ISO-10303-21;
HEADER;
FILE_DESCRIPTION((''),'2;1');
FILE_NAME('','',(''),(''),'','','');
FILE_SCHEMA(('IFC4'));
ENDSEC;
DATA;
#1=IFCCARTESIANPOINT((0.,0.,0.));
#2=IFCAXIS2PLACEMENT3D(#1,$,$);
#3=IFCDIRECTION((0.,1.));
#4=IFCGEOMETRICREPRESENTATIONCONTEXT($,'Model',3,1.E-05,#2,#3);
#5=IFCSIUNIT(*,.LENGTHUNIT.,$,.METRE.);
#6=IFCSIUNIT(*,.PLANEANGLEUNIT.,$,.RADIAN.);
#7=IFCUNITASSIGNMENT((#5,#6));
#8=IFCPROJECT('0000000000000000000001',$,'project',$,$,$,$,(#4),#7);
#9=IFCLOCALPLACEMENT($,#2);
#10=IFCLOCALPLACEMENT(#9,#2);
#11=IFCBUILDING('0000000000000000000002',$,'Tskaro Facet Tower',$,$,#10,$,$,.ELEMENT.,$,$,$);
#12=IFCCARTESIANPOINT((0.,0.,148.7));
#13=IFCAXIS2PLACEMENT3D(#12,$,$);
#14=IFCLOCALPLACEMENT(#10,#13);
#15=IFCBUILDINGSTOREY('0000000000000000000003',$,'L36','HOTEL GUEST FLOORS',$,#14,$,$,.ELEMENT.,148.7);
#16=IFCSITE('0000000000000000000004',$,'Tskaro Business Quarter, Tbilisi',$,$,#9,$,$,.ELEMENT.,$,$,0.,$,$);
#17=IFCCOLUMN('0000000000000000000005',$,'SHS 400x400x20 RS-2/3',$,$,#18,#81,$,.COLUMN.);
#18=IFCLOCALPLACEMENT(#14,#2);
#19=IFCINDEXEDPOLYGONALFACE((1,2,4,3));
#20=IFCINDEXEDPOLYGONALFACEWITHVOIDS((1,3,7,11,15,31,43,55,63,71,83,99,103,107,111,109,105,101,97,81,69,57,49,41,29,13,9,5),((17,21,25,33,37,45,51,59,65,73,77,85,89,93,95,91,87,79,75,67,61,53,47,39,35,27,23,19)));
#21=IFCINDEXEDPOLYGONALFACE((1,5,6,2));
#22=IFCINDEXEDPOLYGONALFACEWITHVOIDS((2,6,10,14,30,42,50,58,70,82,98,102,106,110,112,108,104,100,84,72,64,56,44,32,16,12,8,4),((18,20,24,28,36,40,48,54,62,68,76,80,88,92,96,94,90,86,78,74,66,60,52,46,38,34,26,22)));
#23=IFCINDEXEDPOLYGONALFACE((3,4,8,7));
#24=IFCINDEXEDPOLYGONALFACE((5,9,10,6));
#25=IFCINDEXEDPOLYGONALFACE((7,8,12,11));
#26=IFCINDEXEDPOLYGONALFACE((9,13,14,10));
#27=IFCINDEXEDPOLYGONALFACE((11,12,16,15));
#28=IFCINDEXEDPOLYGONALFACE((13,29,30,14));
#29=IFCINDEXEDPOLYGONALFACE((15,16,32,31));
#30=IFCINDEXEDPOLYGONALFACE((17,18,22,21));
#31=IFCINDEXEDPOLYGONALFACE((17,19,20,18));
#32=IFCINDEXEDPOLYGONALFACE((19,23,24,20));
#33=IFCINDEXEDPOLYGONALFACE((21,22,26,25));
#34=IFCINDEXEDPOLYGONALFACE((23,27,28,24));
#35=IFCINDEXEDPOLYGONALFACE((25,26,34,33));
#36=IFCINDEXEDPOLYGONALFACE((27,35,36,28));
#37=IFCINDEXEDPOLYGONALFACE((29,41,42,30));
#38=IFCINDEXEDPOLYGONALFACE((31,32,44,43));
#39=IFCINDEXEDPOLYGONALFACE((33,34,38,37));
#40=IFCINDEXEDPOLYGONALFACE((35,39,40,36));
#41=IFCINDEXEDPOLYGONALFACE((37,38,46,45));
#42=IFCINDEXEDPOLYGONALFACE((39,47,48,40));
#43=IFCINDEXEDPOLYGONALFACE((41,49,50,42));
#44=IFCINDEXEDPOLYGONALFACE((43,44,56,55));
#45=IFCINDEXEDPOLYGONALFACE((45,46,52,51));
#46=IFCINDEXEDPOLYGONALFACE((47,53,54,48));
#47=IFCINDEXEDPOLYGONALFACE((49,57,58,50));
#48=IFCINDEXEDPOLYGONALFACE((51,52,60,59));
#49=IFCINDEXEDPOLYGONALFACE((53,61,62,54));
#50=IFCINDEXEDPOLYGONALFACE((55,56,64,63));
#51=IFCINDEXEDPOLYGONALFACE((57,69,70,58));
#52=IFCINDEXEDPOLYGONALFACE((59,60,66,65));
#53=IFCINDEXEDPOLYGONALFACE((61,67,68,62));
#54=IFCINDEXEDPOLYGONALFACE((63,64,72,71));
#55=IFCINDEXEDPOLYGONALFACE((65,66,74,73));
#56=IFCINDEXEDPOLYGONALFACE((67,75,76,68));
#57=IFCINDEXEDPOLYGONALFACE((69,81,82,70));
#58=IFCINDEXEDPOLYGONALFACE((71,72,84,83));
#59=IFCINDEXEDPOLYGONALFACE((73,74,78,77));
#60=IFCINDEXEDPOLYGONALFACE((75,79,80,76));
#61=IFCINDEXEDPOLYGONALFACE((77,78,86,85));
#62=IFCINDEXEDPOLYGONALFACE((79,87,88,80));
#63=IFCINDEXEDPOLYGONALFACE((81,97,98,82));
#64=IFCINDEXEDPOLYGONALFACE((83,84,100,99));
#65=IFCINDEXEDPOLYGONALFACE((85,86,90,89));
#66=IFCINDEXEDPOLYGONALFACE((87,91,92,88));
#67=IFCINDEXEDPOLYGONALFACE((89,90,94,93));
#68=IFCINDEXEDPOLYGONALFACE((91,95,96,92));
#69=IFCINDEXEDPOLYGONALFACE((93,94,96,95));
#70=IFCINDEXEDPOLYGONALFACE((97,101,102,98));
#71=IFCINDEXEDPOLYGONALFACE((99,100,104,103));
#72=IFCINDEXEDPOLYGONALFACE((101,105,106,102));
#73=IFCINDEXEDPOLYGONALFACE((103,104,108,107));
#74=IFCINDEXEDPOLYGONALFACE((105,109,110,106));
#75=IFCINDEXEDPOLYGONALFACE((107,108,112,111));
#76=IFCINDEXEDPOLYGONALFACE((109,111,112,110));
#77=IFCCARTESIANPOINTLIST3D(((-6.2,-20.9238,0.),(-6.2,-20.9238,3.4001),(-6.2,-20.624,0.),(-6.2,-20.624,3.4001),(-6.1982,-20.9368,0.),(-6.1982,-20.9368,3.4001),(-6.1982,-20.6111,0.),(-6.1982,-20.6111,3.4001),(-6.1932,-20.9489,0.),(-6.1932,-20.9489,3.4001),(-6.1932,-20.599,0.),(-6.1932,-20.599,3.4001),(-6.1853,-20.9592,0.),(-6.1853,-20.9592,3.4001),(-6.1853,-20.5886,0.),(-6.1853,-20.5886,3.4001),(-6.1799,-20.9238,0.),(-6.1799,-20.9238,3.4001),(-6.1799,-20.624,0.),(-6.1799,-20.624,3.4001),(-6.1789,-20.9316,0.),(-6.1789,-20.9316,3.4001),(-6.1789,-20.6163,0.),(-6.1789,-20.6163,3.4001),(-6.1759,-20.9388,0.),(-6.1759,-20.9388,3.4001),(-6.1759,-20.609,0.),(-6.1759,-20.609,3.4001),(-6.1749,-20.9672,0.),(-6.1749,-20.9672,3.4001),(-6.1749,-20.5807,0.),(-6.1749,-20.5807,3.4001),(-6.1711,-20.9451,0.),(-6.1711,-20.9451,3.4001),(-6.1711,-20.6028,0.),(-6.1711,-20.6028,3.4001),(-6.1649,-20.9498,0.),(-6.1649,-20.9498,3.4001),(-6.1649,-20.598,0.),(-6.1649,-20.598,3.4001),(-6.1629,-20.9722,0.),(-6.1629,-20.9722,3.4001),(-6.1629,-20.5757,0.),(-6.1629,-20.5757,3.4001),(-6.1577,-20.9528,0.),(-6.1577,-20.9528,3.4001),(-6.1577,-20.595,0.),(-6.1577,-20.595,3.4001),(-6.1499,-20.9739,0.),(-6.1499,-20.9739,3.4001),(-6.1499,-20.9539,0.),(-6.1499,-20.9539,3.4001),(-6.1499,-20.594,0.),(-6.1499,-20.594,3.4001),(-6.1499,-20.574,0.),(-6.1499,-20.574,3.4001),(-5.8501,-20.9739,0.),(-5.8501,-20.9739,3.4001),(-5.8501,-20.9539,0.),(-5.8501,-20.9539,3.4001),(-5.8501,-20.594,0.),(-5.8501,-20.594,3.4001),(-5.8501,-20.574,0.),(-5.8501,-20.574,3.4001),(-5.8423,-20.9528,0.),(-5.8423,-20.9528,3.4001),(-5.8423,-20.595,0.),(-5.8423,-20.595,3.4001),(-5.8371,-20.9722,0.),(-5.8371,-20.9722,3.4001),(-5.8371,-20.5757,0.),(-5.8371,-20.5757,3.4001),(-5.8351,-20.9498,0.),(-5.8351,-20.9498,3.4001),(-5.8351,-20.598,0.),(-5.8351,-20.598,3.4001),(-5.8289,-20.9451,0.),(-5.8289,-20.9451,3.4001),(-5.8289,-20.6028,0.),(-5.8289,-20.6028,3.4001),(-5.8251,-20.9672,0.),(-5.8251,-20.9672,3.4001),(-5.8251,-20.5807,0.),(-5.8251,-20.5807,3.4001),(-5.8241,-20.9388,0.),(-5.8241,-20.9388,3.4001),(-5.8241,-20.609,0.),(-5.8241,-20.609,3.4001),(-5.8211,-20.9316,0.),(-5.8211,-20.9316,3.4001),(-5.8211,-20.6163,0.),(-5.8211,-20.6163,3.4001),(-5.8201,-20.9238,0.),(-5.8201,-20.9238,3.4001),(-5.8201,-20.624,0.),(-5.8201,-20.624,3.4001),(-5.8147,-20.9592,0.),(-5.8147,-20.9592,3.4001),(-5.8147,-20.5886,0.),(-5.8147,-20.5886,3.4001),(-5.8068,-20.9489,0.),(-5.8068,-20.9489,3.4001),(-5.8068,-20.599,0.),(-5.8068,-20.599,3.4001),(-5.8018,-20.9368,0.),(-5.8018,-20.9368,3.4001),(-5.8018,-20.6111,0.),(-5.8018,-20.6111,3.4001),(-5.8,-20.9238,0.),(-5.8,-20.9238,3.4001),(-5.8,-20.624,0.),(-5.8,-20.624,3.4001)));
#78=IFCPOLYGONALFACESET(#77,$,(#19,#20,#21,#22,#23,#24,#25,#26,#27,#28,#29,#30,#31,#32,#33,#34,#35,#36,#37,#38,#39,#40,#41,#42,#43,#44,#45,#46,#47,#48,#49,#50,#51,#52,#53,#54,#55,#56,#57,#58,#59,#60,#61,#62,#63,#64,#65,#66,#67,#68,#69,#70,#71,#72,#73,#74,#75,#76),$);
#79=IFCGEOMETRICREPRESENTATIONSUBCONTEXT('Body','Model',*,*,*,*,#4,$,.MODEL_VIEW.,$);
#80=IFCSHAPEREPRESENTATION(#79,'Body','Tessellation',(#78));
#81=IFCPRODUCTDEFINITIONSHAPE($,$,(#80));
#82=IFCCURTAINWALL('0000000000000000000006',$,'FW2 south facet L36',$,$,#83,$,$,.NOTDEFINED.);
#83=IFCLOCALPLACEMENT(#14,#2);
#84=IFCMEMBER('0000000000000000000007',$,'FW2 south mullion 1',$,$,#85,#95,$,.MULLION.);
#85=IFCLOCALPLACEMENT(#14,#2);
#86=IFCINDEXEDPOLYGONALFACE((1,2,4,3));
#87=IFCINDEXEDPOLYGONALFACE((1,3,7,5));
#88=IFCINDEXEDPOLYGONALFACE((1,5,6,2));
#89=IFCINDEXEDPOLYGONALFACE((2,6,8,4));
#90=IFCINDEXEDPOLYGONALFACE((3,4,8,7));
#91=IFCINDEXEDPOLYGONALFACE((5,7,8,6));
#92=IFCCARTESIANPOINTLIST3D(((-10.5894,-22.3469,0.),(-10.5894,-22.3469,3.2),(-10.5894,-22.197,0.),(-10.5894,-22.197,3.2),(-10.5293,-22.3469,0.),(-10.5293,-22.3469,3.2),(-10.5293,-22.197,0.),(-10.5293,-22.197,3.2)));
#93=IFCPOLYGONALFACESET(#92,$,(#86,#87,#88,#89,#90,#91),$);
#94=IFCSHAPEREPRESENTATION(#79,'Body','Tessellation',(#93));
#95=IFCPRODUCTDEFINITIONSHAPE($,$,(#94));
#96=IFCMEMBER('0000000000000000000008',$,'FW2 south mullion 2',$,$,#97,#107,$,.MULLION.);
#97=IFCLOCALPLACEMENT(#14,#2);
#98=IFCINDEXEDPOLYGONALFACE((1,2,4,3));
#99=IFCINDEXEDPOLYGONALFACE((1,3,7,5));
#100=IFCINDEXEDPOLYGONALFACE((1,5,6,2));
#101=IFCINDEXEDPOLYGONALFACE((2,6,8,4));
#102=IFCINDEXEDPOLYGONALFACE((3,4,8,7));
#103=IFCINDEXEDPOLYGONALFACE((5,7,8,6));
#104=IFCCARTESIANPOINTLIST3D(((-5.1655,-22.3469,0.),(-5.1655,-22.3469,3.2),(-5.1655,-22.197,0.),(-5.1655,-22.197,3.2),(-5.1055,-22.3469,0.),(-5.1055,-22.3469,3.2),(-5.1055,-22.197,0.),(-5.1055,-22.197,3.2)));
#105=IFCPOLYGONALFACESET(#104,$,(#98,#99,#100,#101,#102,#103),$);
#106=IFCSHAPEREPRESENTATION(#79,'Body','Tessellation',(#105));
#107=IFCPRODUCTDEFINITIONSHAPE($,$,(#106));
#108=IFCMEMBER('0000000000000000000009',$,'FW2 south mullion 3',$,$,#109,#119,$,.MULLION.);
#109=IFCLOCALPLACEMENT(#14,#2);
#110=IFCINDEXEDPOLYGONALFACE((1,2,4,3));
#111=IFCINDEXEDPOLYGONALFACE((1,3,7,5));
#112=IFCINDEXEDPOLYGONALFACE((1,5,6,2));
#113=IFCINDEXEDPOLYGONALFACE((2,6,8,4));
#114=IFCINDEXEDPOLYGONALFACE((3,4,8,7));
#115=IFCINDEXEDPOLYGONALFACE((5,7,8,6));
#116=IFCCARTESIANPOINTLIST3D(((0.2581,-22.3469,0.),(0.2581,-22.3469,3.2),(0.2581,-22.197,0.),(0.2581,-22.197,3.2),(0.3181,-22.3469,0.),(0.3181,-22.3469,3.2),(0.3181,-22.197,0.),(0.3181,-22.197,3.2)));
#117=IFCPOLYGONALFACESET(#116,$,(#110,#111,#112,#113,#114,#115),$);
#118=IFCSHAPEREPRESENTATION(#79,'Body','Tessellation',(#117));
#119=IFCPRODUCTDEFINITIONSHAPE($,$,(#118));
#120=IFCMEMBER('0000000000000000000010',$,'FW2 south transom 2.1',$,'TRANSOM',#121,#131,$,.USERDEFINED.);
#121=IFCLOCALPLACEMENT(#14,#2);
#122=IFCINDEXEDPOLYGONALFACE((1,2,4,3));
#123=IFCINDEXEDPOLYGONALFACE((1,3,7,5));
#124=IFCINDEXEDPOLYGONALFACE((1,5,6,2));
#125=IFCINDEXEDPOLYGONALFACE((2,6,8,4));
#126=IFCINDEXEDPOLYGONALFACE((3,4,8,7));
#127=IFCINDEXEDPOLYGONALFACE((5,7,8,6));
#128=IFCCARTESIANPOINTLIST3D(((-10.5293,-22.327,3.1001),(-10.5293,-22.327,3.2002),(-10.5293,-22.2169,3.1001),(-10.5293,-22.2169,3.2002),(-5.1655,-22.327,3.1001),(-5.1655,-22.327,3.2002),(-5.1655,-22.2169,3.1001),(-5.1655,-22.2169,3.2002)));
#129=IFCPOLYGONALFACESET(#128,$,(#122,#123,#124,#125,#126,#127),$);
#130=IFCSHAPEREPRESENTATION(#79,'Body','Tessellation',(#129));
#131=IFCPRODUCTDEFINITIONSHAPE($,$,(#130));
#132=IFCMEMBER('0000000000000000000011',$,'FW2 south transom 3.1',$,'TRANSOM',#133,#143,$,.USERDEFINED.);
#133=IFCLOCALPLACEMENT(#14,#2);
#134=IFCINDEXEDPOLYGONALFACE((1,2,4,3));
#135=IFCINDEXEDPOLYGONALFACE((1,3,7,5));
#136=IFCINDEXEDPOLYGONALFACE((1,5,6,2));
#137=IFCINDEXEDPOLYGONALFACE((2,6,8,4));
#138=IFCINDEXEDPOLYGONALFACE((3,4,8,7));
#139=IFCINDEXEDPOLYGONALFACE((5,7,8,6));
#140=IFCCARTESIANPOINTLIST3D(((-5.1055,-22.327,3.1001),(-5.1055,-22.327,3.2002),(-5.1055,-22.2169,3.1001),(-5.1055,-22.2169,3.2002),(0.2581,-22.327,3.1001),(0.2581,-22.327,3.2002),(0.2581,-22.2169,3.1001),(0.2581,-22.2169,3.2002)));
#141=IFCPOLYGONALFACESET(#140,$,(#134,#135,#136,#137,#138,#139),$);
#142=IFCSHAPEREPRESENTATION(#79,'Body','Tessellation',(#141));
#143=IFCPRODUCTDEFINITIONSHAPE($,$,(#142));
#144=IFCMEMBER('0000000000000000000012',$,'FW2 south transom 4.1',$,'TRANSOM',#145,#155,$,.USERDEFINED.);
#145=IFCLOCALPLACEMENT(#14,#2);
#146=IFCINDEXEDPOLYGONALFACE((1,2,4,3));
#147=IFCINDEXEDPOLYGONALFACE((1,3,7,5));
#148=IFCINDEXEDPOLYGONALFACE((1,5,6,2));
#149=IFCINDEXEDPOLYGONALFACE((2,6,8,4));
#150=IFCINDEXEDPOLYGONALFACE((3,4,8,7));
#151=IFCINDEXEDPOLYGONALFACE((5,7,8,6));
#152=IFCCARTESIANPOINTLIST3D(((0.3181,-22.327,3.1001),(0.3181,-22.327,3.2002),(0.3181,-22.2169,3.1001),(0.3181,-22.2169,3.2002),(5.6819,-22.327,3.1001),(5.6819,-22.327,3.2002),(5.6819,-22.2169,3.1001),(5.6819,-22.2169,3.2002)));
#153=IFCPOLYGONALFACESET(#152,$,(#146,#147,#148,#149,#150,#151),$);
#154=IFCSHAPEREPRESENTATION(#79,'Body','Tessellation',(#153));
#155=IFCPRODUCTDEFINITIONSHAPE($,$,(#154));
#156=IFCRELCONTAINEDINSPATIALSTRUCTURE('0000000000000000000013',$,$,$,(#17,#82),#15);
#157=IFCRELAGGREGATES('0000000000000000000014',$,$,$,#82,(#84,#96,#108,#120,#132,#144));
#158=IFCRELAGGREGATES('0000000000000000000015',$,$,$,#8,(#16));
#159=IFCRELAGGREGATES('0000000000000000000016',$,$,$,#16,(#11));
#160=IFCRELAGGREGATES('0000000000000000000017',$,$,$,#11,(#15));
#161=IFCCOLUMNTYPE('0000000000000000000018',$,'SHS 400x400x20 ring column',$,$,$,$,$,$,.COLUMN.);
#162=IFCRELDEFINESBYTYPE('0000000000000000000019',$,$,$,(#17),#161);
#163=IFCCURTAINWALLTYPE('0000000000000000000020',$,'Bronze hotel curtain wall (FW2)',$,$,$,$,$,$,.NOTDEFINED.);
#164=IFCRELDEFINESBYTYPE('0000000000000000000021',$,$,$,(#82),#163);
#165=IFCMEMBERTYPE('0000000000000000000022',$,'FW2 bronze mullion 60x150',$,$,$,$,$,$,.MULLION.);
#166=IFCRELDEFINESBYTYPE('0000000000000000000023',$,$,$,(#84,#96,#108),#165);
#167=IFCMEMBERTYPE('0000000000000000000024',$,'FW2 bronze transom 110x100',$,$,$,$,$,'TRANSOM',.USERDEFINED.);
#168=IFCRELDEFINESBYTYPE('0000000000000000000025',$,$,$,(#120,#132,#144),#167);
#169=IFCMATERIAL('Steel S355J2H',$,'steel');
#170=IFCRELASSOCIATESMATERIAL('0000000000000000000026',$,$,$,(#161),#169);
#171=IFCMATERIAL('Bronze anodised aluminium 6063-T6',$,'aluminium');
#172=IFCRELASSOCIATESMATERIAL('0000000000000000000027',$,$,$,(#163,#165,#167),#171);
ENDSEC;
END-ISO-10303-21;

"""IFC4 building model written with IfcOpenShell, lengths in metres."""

from ifc_helpers import new_model, si_unit, direction, frame, origin, origin_2d, place, context, subcontext, project, spatial, rectangle, hollow_rectangle, extrude, material, material_profile, profile_set, type_object, element, aggregate, save


model = new_model("IFC4")

# Units and contexts
model_context = context("Model", 3, precision=1e-05, world=origin(), true_north=direction((0.0, 1.0)))
body_context = subcontext(model_context, "Body", "Model", "MODEL_VIEW")
ifc_project = project(units=[si_unit("LENGTHUNIT", "METRE"), si_unit("PLANEANGLEUNIT", "RADIAN")], contexts=[model_context])

# Site, building, storey
site_placement = place(None, origin())
site = spatial("IfcSite", under=ifc_project, at=site_placement, Name="Tskaro Business Quarter, Tbilisi", CompositionType="ELEMENT", RefElevation=0.0)
building_placement = place(site_placement, origin())
building = spatial("IfcBuilding", under=site, at=building_placement, Name="Tskaro Facet Tower", CompositionType="ELEMENT")
storey_placement = place(building_placement, frame((0.0, 0.0, 148.7)))
storey = spatial("IfcBuildingStorey", under=building, at=storey_placement, Name="L36", Description="HOTEL GUEST FLOORS", CompositionType="ELEMENT", Elevation=148.7)

# Column
ifc_material_1 = material(Name="Steel S355J2H", Category="steel")
ifc_material_profile_1 = material_profile(ifc_material_1, hollow_rectangle(XDim=0.3999, YDim=0.3999, WallThickness=0.02, InnerFilletRadius=0.03, OuterFilletRadius=0.05, at=origin_2d()), Name="SHS 400x400x20")
ifc_profile_set_1 = profile_set([ifc_material_profile_1], Name="Steel S355J2H")
column_type = type_object("IfcColumnType", Name="SHS 400x400x20 ring column", PredefinedType="COLUMN", material=ifc_profile_set_1)
column_placement = place(storey_placement, frame((-6.0, -20.7739, 0.0), z_axis=(0.0, 0.0, 1.0), x_axis=(1.0, 0.0, 0.0)))
element("IfcColumn", 1, at=column_placement, inside=storey, type_object=column_type, Name="SHS 400x400x20 RS-2/3", PredefinedType="COLUMN", context=body_context, shape_type="SweptSolid", body=[
    extrude(hollow_rectangle(XDim=0.3999, YDim=0.3999, WallThickness=0.02, InnerFilletRadius=0.03, OuterFilletRadius=0.05, at=origin_2d()), origin(), (0.0, 0.0, 1.0), 3.4001),
])

# Curtain wall, members
ifc_material_2 = material(Name="Bronze anodised aluminium 6063-T6", Category="aluminium")
curtain_wall_type = type_object("IfcCurtainWallType", Name="Bronze hotel curtain wall (FW2)", PredefinedType="NOTDEFINED", material=ifc_material_2)
curtain_wall_placement = place(storey_placement, origin())
curtain_wall = element("IfcCurtainWall", 2, at=curtain_wall_placement, inside=storey, type_object=curtain_wall_type, Name="FW2 south facet L36", PredefinedType="NOTDEFINED")
ifc_material_profile_2 = material_profile(ifc_material_2, rectangle(XDim=0.0601, YDim=0.1499, at=origin_2d()), Name="Mullion 60x150")
ifc_profile_set_2 = profile_set([ifc_material_profile_2], Name="Bronze anodised aluminium 6063-T6")
member_type_1 = type_object("IfcMemberType", Name="FW2 bronze mullion 60x150", PredefinedType="MULLION", material=ifc_profile_set_2)
member_1_placement = place(storey_placement, frame((-10.5593, -22.272, 0.0), z_axis=(0.0, 0.0, 1.0), x_axis=(1.0, 0.0, 0.0)))
member_1 = element("IfcMember", 3, at=member_1_placement, type_object=member_type_1, Name="FW2 south mullion 1", PredefinedType="MULLION", context=body_context, shape_type="SweptSolid", body=[
    extrude(rectangle(XDim=0.0601, YDim=0.1499, at=origin_2d()), origin(), (0.0, 0.0, 1.0), 3.2),
])
member_2_placement = place(storey_placement, frame((-5.1355, -22.272, 0.0), z_axis=(0.0, 0.0, 1.0), x_axis=(1.0, 0.0, 0.0)))
member_2 = element("IfcMember", 4, at=member_2_placement, type_object=member_type_1, Name="FW2 south mullion 2", PredefinedType="MULLION", context=body_context, shape_type="SweptSolid", body=[
    extrude(rectangle(XDim=0.0601, YDim=0.1499, at=origin_2d()), origin(), (0.0, 0.0, 1.0), 3.2),
])
member_3_placement = place(storey_placement, frame((0.2881, -22.272, 0.0), z_axis=(0.0, 0.0, 1.0), x_axis=(1.0, 0.0, 0.0)))
member_3 = element("IfcMember", 5, at=member_3_placement, type_object=member_type_1, Name="FW2 south mullion 3", PredefinedType="MULLION", context=body_context, shape_type="SweptSolid", body=[
    extrude(rectangle(XDim=0.0601, YDim=0.1499, at=origin_2d()), origin(), (0.0, 0.0, 1.0), 3.2),
])
ifc_material_profile_3 = material_profile(ifc_material_2, rectangle(XDim=0.1101, YDim=0.1001, at=origin_2d()), Name="Transom 110x100")
ifc_profile_set_3 = profile_set([ifc_material_profile_3], Name="Bronze anodised aluminium 6063-T6")
member_type_2 = type_object("IfcMemberType", Name="FW2 bronze transom 110x100", ElementType="TRANSOM", PredefinedType="USERDEFINED", material=ifc_profile_set_3)
member_4_placement = place(storey_placement, frame((-10.5293, -22.272, 3.1501), z_axis=(1.0, 0.0, 0.0), x_axis=(0.0, 1.0, 0.0)))
member_4 = element("IfcMember", 6, at=member_4_placement, type_object=member_type_2, Name="FW2 south transom 2.1", ObjectType="TRANSOM", PredefinedType="USERDEFINED", context=body_context, shape_type="SweptSolid", body=[
    extrude(rectangle(XDim=0.1101, YDim=0.1001, at=origin_2d()), origin(), (0.0, 0.0, 1.0), 5.3638),
])
member_5_placement = place(storey_placement, frame((-5.1055, -22.272, 3.1501), z_axis=(1.0, 0.0, 0.0), x_axis=(0.0, 1.0, 0.0)))
member_5 = element("IfcMember", 7, at=member_5_placement, type_object=member_type_2, Name="FW2 south transom 3.1", ObjectType="TRANSOM", PredefinedType="USERDEFINED", context=body_context, shape_type="SweptSolid", body=[
    extrude(rectangle(XDim=0.1101, YDim=0.1001, at=origin_2d()), origin(), (0.0, 0.0, 1.0), 5.3635),
])
member_6_placement = place(storey_placement, frame((0.3181, -22.272, 3.1501), z_axis=(1.0, 0.0, 0.0), x_axis=(0.0, 1.0, 0.0)))
member_6 = element("IfcMember", 8, at=member_6_placement, type_object=member_type_2, Name="FW2 south transom 4.1", ObjectType="TRANSOM", PredefinedType="USERDEFINED", context=body_context, shape_type="SweptSolid", body=[
    extrude(rectangle(XDim=0.1101, YDim=0.1001, at=origin_2d()), origin(), (0.0, 0.0, 1.0), 5.3638),
])

aggregate(curtain_wall, [member_1, member_2, member_3, member_4, member_5, member_6])

save(model, "model.ifc")
